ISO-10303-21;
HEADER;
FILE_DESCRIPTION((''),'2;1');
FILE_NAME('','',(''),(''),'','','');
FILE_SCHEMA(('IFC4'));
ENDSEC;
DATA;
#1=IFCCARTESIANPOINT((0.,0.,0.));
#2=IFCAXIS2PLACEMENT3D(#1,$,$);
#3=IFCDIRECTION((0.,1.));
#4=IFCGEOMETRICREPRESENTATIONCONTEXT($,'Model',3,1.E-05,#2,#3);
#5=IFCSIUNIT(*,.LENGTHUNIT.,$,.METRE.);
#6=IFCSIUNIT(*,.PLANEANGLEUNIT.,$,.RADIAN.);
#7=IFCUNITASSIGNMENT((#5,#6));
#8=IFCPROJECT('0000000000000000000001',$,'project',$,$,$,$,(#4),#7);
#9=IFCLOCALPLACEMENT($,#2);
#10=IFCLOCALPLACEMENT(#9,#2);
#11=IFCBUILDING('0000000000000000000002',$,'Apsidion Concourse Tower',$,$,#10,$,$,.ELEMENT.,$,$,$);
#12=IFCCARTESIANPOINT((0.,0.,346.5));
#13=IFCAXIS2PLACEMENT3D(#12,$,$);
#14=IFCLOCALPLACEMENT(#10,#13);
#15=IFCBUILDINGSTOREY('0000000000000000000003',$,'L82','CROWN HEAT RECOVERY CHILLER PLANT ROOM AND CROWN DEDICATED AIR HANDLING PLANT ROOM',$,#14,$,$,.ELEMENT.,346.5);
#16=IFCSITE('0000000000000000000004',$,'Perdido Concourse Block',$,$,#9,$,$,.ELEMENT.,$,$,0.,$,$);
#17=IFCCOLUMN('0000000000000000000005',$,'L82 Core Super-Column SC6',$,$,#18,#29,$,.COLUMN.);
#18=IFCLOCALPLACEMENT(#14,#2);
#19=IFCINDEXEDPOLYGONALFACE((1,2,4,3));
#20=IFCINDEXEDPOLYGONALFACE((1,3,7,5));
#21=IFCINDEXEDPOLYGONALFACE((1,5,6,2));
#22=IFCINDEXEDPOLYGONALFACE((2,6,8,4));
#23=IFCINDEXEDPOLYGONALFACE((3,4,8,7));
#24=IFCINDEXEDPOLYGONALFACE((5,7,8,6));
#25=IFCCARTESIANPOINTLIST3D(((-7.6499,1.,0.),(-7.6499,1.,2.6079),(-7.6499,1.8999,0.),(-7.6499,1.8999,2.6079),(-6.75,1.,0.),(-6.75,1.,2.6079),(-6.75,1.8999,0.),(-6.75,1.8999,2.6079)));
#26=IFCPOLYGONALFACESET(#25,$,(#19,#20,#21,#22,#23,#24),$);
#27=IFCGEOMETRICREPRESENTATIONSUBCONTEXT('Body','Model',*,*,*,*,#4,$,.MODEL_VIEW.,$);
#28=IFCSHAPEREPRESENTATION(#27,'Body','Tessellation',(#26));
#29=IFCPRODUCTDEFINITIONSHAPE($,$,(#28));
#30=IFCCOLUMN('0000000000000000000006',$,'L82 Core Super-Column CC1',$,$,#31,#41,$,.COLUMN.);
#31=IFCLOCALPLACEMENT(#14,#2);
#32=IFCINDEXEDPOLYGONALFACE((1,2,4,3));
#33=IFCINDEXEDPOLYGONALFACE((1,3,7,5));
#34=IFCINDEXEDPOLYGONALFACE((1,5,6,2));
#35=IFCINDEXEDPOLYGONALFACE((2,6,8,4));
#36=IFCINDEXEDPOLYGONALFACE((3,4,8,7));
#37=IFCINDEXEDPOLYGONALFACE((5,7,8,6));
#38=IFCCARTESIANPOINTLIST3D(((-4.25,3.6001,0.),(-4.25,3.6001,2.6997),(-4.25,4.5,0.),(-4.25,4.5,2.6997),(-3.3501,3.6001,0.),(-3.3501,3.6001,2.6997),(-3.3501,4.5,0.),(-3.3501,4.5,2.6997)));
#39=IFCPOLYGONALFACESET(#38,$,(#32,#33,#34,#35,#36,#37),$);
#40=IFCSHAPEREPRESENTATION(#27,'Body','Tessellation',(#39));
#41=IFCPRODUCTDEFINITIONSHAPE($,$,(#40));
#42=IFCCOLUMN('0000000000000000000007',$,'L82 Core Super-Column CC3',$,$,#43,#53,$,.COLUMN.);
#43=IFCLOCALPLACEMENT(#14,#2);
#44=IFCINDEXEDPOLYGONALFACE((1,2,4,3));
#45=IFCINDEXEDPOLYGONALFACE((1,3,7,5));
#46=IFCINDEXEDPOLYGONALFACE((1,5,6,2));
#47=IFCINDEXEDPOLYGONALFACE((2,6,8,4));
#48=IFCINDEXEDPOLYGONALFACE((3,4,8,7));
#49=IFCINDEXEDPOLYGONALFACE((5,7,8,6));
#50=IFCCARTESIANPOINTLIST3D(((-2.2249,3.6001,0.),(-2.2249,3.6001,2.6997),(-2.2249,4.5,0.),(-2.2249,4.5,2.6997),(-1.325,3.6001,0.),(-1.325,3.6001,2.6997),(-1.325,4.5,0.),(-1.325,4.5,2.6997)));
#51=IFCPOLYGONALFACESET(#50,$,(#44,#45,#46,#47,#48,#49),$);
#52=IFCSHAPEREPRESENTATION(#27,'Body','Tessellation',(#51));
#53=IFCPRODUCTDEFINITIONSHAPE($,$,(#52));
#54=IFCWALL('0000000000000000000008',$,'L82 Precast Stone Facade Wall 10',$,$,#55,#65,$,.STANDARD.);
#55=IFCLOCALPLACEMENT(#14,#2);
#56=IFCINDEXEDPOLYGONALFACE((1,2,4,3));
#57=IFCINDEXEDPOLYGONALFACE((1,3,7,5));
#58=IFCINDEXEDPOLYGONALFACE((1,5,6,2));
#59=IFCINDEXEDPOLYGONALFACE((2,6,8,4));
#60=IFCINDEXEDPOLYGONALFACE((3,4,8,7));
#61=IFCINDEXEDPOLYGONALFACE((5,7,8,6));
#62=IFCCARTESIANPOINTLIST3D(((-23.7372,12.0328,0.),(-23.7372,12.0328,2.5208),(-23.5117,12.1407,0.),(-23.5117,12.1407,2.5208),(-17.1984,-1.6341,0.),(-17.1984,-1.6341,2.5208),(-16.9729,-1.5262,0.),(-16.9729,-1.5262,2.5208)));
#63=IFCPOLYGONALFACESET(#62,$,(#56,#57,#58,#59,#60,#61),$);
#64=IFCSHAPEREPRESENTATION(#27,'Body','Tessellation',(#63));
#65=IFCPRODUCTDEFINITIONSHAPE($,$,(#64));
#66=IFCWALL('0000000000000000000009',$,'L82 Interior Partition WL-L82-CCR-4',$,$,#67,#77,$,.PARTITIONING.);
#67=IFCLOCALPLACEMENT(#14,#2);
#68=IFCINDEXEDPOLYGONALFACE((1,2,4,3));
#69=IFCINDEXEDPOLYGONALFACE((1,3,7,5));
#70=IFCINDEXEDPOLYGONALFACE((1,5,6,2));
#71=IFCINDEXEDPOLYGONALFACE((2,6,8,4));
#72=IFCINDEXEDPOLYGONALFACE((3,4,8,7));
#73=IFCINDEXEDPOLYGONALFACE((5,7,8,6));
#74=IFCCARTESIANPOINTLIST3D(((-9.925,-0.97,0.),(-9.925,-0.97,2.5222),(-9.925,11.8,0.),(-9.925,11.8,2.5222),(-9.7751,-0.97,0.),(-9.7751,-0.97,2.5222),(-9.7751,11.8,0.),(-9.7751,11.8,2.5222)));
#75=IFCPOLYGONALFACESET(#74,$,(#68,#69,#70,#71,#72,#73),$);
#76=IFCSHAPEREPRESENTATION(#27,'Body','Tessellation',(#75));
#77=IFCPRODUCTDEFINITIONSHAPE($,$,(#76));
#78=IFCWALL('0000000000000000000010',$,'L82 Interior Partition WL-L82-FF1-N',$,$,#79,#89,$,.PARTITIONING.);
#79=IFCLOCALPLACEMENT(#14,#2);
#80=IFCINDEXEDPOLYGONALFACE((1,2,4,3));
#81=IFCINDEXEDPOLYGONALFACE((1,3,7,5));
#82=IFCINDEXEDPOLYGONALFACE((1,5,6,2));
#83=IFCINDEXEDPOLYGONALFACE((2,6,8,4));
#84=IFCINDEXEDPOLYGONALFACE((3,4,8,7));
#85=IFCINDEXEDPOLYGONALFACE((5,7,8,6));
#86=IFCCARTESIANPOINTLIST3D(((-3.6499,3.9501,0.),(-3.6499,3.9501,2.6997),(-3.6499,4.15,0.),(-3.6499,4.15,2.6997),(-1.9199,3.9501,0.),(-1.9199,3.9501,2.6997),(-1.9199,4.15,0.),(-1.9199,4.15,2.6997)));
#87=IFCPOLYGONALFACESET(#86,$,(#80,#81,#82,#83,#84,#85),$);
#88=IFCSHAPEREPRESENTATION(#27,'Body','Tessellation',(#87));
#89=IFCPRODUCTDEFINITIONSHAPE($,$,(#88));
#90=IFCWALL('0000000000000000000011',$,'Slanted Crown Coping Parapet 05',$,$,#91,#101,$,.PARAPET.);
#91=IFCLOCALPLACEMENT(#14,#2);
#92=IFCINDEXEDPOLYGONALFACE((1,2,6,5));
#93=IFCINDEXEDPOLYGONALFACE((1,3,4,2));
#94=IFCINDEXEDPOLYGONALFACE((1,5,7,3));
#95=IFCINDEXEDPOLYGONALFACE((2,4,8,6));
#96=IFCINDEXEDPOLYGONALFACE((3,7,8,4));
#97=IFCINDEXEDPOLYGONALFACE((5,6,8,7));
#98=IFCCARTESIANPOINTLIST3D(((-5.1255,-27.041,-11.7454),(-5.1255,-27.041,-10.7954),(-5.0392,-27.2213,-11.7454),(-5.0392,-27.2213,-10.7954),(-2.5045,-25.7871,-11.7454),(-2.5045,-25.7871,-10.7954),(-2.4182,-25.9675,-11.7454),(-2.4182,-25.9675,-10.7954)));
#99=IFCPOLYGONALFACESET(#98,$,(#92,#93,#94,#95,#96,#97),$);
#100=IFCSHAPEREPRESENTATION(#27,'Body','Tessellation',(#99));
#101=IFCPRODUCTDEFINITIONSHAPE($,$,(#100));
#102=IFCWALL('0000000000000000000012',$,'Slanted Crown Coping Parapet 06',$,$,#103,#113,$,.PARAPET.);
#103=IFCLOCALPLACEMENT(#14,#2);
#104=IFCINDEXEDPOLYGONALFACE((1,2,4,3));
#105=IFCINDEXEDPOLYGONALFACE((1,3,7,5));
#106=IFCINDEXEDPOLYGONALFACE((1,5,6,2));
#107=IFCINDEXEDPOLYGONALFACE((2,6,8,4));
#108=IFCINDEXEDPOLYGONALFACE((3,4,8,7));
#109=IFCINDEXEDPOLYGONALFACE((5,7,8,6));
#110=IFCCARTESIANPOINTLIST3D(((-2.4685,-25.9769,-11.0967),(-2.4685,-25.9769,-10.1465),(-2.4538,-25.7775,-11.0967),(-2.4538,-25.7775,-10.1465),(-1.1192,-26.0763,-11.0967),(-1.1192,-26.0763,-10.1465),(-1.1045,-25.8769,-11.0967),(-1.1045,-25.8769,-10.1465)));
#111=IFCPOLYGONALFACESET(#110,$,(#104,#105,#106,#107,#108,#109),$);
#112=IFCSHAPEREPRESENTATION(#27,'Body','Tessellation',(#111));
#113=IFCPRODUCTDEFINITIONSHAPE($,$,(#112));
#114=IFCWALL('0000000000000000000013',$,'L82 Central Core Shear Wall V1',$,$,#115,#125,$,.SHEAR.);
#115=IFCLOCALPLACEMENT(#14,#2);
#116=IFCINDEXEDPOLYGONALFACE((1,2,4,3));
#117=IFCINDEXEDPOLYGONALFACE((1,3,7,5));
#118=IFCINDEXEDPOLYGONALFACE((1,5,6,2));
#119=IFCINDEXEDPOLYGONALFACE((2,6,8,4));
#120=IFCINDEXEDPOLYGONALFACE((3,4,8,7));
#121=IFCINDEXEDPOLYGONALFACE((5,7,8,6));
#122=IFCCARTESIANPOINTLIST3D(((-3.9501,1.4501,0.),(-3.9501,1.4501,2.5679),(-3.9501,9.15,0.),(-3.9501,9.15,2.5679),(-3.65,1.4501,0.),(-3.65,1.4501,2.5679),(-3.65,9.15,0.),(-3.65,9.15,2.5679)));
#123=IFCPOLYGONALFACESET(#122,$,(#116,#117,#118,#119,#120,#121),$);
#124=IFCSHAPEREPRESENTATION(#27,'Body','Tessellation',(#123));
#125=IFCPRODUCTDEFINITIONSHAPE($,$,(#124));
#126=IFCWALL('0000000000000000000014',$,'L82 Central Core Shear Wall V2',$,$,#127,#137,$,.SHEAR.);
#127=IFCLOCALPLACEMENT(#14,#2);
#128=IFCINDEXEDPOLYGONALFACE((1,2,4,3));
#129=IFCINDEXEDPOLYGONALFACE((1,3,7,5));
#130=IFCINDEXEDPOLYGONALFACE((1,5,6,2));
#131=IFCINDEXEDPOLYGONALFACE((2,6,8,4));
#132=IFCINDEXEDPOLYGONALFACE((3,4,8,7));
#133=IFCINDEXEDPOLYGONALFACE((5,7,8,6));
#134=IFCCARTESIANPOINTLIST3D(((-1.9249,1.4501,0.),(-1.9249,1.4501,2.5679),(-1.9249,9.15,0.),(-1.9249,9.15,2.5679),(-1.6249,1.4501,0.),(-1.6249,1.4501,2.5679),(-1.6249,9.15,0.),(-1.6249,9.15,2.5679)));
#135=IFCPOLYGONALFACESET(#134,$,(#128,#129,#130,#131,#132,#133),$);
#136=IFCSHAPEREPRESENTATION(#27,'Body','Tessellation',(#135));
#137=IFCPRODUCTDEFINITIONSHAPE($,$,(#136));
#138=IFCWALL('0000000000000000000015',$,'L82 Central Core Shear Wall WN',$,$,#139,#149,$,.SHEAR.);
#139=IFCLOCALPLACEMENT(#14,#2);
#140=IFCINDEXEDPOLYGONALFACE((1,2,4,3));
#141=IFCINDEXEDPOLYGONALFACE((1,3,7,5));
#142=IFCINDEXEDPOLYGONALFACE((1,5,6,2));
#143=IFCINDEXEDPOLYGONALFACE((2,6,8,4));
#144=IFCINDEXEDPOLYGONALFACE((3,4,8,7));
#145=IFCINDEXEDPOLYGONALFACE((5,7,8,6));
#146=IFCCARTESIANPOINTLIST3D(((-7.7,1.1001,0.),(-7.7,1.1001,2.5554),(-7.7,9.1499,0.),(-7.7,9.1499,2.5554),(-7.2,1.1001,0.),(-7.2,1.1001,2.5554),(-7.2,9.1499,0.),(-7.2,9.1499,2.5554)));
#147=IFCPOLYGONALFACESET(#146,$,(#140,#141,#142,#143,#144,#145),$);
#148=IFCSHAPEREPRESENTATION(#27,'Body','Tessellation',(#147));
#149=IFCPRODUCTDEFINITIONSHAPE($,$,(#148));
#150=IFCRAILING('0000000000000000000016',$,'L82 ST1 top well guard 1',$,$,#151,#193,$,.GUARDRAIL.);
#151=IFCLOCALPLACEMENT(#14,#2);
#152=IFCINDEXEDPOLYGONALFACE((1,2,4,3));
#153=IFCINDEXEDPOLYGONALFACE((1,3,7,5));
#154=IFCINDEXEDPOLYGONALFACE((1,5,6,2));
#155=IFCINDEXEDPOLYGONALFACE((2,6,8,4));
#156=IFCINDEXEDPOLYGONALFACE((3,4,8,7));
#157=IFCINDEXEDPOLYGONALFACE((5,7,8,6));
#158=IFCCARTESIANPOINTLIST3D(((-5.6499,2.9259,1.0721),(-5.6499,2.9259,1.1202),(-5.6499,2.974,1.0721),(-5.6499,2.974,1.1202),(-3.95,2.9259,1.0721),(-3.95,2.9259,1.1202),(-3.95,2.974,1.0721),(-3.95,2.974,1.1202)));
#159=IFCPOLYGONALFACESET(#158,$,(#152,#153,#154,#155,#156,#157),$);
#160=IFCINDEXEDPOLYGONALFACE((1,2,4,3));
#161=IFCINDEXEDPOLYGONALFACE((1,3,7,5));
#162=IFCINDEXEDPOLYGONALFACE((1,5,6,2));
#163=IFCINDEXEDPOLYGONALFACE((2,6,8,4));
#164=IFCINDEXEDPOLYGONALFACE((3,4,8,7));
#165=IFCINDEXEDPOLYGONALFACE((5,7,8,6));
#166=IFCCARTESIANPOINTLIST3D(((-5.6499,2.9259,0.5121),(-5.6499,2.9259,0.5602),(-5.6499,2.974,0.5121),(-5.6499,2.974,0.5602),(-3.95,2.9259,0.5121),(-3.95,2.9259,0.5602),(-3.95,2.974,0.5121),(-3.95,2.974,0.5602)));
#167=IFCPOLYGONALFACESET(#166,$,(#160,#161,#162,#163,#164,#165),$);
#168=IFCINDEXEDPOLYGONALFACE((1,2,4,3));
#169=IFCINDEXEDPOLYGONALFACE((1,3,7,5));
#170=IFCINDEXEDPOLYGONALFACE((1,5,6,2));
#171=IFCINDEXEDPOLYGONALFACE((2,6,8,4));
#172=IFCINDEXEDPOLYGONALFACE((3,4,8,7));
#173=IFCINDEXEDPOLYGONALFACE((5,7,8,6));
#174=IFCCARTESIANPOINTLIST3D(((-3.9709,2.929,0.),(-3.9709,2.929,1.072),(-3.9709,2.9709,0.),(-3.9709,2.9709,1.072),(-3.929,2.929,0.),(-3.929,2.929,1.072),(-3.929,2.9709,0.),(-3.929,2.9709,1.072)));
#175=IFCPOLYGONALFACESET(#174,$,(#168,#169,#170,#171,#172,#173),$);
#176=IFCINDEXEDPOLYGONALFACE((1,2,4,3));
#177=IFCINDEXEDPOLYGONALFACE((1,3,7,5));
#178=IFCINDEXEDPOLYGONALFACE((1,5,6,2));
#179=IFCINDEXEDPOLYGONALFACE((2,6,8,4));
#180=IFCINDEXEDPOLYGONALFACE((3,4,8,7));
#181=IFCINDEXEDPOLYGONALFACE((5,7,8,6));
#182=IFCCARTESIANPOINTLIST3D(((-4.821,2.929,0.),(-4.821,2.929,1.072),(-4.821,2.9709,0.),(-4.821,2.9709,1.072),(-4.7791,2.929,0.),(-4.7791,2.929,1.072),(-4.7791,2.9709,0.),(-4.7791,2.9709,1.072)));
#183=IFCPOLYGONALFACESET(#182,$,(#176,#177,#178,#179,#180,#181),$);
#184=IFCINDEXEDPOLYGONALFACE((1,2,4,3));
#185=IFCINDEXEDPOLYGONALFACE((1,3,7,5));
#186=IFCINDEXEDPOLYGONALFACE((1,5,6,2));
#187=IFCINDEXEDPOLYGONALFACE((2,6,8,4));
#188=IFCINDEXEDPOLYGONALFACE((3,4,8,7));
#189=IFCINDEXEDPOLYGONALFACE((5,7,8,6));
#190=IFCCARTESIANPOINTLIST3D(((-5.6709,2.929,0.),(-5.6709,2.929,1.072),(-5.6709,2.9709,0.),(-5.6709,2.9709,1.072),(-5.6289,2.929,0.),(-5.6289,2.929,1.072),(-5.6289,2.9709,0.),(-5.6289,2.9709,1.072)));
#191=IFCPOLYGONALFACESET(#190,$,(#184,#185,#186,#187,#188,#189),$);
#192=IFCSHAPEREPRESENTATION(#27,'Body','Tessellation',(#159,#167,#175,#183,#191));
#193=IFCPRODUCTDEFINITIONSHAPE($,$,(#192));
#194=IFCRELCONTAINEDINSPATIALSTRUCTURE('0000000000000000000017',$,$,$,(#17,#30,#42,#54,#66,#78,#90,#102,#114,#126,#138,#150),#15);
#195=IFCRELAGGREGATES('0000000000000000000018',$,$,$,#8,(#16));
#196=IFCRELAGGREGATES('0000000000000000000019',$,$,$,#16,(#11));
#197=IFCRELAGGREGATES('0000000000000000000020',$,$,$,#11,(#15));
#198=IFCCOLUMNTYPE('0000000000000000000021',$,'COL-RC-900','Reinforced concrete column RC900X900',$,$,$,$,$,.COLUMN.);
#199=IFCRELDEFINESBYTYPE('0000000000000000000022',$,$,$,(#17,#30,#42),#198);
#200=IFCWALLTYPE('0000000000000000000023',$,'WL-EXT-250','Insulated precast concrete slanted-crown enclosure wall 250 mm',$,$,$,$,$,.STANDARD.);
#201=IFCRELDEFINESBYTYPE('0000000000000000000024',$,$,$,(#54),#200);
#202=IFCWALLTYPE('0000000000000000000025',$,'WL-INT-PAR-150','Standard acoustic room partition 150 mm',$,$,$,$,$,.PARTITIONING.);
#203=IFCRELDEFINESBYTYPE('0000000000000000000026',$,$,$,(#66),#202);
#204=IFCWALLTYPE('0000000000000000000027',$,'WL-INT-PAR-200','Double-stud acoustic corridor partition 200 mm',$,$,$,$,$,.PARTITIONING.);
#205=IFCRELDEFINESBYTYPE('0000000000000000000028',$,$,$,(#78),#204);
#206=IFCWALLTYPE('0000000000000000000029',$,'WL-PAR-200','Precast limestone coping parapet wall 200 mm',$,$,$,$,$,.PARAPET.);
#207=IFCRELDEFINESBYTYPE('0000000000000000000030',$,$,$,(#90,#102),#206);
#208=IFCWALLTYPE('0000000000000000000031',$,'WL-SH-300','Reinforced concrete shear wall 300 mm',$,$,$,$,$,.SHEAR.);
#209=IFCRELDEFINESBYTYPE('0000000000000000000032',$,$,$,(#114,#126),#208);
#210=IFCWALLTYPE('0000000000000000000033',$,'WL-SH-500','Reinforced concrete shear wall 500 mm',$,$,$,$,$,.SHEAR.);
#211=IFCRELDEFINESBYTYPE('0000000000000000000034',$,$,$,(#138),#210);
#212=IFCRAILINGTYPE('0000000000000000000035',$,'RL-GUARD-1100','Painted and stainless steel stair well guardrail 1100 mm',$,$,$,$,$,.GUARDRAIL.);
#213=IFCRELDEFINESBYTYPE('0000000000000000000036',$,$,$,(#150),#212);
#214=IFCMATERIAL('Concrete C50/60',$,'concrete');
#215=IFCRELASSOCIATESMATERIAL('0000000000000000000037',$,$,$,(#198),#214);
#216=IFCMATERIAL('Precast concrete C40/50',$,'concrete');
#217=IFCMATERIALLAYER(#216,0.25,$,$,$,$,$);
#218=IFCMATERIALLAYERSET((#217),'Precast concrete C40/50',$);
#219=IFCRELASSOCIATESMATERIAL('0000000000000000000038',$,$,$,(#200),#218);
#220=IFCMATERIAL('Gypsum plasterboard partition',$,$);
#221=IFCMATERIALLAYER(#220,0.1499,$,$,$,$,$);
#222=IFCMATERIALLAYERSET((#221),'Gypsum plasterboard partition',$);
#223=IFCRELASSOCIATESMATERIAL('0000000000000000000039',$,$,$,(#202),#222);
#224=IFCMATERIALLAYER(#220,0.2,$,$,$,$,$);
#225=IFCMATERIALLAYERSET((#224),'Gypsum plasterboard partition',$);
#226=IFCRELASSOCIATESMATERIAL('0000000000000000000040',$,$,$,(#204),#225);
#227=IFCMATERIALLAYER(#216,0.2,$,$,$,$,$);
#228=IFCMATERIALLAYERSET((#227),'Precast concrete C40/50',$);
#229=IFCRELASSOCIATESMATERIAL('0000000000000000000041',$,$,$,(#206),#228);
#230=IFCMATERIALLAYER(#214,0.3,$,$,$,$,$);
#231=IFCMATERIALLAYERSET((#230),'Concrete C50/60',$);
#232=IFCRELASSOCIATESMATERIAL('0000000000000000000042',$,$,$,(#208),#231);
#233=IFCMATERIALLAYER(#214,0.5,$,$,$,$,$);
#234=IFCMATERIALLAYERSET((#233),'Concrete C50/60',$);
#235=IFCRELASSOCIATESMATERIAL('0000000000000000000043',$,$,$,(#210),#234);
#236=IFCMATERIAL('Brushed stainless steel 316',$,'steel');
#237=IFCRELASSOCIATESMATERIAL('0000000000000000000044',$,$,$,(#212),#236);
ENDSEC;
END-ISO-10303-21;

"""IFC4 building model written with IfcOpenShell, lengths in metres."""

from ifc_helpers import new_model, si_unit, direction, frame, frame_2d, origin, origin_2d, place, context, subcontext, project, spatial, rectangle, extrude, material, layer, layer_set, material_profile, profile_set, type_object, element, save


model = new_model("IFC4")

# Units and contexts
model_context = context("Model", 3, precision=1e-05, world=origin(), true_north=direction((0.0, 1.0)))
body_context = subcontext(model_context, "Body", "Model", "MODEL_VIEW")
ifc_project = project(units=[si_unit("LENGTHUNIT", "METRE"), si_unit("PLANEANGLEUNIT", "RADIAN")], contexts=[model_context])

# Site, building, storey
site_placement = place(None, origin())
site = spatial("IfcSite", under=ifc_project, at=site_placement, Name="Perdido Concourse Block", CompositionType="ELEMENT", RefElevation=0.0)
building_placement = place(site_placement, origin())
building = spatial("IfcBuilding", under=site, at=building_placement, Name="Apsidion Concourse Tower", CompositionType="ELEMENT")
storey_placement = place(building_placement, frame((0.0, 0.0, 346.5)))
storey = spatial("IfcBuildingStorey", under=building, at=storey_placement, Name="L82", Description="CROWN HEAT RECOVERY CHILLER PLANT ROOM AND CROWN DEDICATED AIR HANDLING PLANT ROOM", CompositionType="ELEMENT", Elevation=346.5)

# Columns
ifc_material_1 = material(Name="Concrete C50/60", Category="concrete")
ifc_material_profile = material_profile(ifc_material_1, rectangle(XDim=0.8999, YDim=0.8999, at=origin_2d()), Name="RC 900x900")
ifc_profile_set = profile_set([ifc_material_profile], Name="Concrete C50/60")
column_type = type_object("IfcColumnType", Name="COL-RC-900", Description="Reinforced concrete column RC900X900", PredefinedType="COLUMN", material=ifc_profile_set)
column_placement = place(storey_placement, frame((-7.2, 1.45, 0.0), z_axis=(0.0, 0.0, 1.0), x_axis=(1.0, 0.0, 0.0)))
element("IfcColumn", 1, at=column_placement, inside=storey, type_object=column_type, Name="L82 Core Super-Column SC6", PredefinedType="COLUMN", context=body_context, shape_type="SweptSolid", body=[
    extrude(rectangle(XDim=0.8999, YDim=0.8999, at=origin_2d()), origin(), (0.0, 0.0, 1.0), 2.6079),
])
for number, where, z_axis, x_axis, name in (
    (2, (-3.8, 4.05, 0.0), (0.0, 0.0, 1.0), (1.0, 0.0, 0.0), "L82 Core Super-Column CC1"),
    (3, (-1.7749, 4.05, 0.0), (0.0, 0.0, 1.0), (1.0, 0.0, 0.0), "L82 Core Super-Column CC3"),
):
    element("IfcColumn", number, at=place(storey_placement, frame(where, z_axis=z_axis, x_axis=x_axis)), inside=storey, type_object=column_type, Name=name, PredefinedType="COLUMN", context=body_context, shape_type="SweptSolid", body=[
        extrude(rectangle(XDim=0.8999, YDim=0.8999, at=origin_2d()), origin(), (0.0, 0.0, 1.0), 2.6997),
    ])

# Walls
ifc_material_2 = material(Name="Precast concrete C40/50", Category="concrete")
ifc_layer_1 = layer(ifc_material_2, 0.25)
ifc_layer_set_1 = layer_set([ifc_layer_1], Name="Precast concrete C40/50")
wall_type_1 = type_object("IfcWallType", Name="WL-EXT-250", Description="Insulated precast concrete slanted-crown enclosure wall 250 mm", PredefinedType="STANDARD", material=ifc_layer_set_1)
wall_1_placement = place(storey_placement, frame((-17.0857, -1.5801, 0.0), z_axis=(0.0, 0.0, 1.0), x_axis=(-0.431586, 0.902072, 0.0)))
element("IfcWall", 4, at=wall_1_placement, inside=storey, type_object=wall_type_1, Name="L82 Precast Stone Facade Wall 10", PredefinedType="STANDARD", context=body_context, shape_type="SweptSolid", body=[
    extrude(rectangle(XDim=15.1506, YDim=0.25, at=frame_2d((7.5752, 0.0))), origin(), (0.0, 0.0, 1.0), 2.5208),
])
ifc_material_3 = material(Name="Gypsum plasterboard partition")
ifc_layer_2 = layer(ifc_material_3, 0.1499)
ifc_layer_set_2 = layer_set([ifc_layer_2], Name="Gypsum plasterboard partition")
wall_type_2 = type_object("IfcWallType", Name="WL-INT-PAR-150", Description="Standard acoustic room partition 150 mm", PredefinedType="PARTITIONING", material=ifc_layer_set_2)
wall_2_placement = place(storey_placement, frame((-9.8501, -0.97, 0.0), z_axis=(0.0, 0.0, 1.0), x_axis=(0.0, 1.0, 0.0)))
element("IfcWall", 5, at=wall_2_placement, inside=storey, type_object=wall_type_2, Name="L82 Interior Partition WL-L82-CCR-4", PredefinedType="PARTITIONING", context=body_context, shape_type="SweptSolid", body=[
    extrude(rectangle(XDim=12.77, YDim=0.1499, at=frame_2d((6.385, 0.0))), origin(), (0.0, 0.0, 1.0), 2.5222),
])
ifc_layer_3 = layer(ifc_material_3, 0.2)
ifc_layer_set_3 = layer_set([ifc_layer_3], Name="Gypsum plasterboard partition")
wall_type_3 = type_object("IfcWallType", Name="WL-INT-PAR-200", Description="Double-stud acoustic corridor partition 200 mm", PredefinedType="PARTITIONING", material=ifc_layer_set_3)
wall_3_placement = place(storey_placement, frame((-3.6499, 4.05, 0.0), z_axis=(0.0, 0.0, 1.0), x_axis=(1.0, 0.0, 0.0)))
element("IfcWall", 6, at=wall_3_placement, inside=storey, type_object=wall_type_3, Name="L82 Interior Partition WL-L82-FF1-N", PredefinedType="PARTITIONING", context=body_context, shape_type="SweptSolid", body=[
    extrude(rectangle(XDim=1.73, YDim=0.2, at=frame_2d((0.865, 0.0))), origin(), (0.0, 0.0, 1.0), 2.6997),
])
ifc_layer_4 = layer(ifc_material_2, 0.2)
ifc_layer_set_4 = layer_set([ifc_layer_4], Name="Precast concrete C40/50")
wall_type_4 = type_object("IfcWallType", Name="WL-PAR-200", Description="Precast limestone coping parapet wall 200 mm", PredefinedType="PARAPET", material=ifc_layer_set_4)
wall_4_placement = place(storey_placement, frame((-5.0823, -27.1311, -11.7454), z_axis=(0.0, 0.0, 1.0), x_axis=(0.902089, 0.431551, 0.0)))
element("IfcWall", 7, at=wall_4_placement, inside=storey, type_object=wall_type_4, Name="Slanted Crown Coping Parapet 05", PredefinedType="PARAPET", context=body_context, shape_type="SweptSolid", body=[
    extrude(rectangle(XDim=2.9055, YDim=0.2, at=frame_2d((1.4526, 0.0))), origin(), (0.0, 0.0, 1.0), 0.95),
])
wall_5_placement = place(storey_placement, frame((-2.4612, -25.8772, -11.0967), z_axis=(0.0, 0.0, 1.0), x_axis=(0.9973, -0.07344, 0.0)))
element("IfcWall", 8, at=wall_5_placement, inside=storey, type_object=wall_type_4, Name="Slanted Crown Coping Parapet 06", PredefinedType="PARAPET", context=body_context, shape_type="SweptSolid", body=[
    extrude(rectangle(XDim=1.353, YDim=0.2, at=frame_2d((0.6765, 0.0))), origin(), (0.0, 0.0, 1.0), 0.9502),
])
ifc_layer_5 = layer(ifc_material_1, 0.3)
ifc_layer_set_5 = layer_set([ifc_layer_5], Name="Concrete C50/60")
wall_type_5 = type_object("IfcWallType", Name="WL-SH-300", Description="Reinforced concrete shear wall 300 mm", PredefinedType="SHEAR", material=ifc_layer_set_5)
for number, where, z_axis, x_axis, name in (
    (9, (-3.8, 1.45, 0.0), (0.0, 0.0, 1.0), (0.0, 1.0, 0.0), "L82 Central Core Shear Wall V1"),
    (10, (-1.7749, 1.45, 0.0), (0.0, 0.0, 1.0), (0.0, 1.0, 0.0), "L82 Central Core Shear Wall V2"),
):
    element("IfcWall", number, at=place(storey_placement, frame(where, z_axis=z_axis, x_axis=x_axis)), inside=storey, type_object=wall_type_5, Name=name, PredefinedType="SHEAR", context=body_context, shape_type="SweptSolid", body=[
        extrude(rectangle(XDim=7.7, YDim=0.3, at=frame_2d((3.8501, 0.0))), origin(), (0.0, 0.0, 1.0), 2.5679),
    ])

# Shared definitions
ifc_material_4 = material(Name="Brushed stainless steel 316", Category="steel")

# Wall
ifc_layer_6 = layer(ifc_material_1, 0.5)
ifc_layer_set_6 = layer_set([ifc_layer_6], Name="Concrete C50/60")
wall_type_6 = type_object("IfcWallType", Name="WL-SH-500", Description="Reinforced concrete shear wall 500 mm", PredefinedType="SHEAR", material=ifc_layer_set_6)
wall_6_placement = place(storey_placement, frame((-7.45, 1.1001, 0.0), z_axis=(0.0, 0.0, 1.0), x_axis=(0.0, 1.0, 0.0)))
element("IfcWall", 11, at=wall_6_placement, inside=storey, type_object=wall_type_6, Name="L82 Central Core Shear Wall WN", PredefinedType="SHEAR", context=body_context, shape_type="SweptSolid", body=[
    extrude(rectangle(XDim=8.0498, YDim=0.5, at=frame_2d((4.0249, 0.0))), origin(), (0.0, 0.0, 1.0), 2.5554),
])

# Railing
railing_type = type_object("IfcRailingType", Name="RL-GUARD-1100", Description="Painted and stainless steel stair well guardrail 1100 mm", PredefinedType="GUARDRAIL", material=ifc_material_4)
railing_placement = place(storey_placement, frame((-3.95, 2.95, 0.0)))
element("IfcRailing", 12, at=railing_placement, inside=storey, type_object=railing_type, Name="L82 ST1 top well guard 1", PredefinedType="GUARDRAIL", context=body_context, shape_type="SweptSolid", body=[
    extrude(rectangle(XDim=0.0481, YDim=0.0481, at=origin_2d()), frame((0.0, 0.0, 1.0962), z_axis=(-1.0, 0.0, 0.0), x_axis=(0.0, -1.0, 0.0)), (0.0, 0.0, 1.0), 1.7),
    extrude(rectangle(XDim=0.0481, YDim=0.0481, at=origin_2d()), frame((0.0, 0.0, 0.5361), z_axis=(-1.0, 0.0, 0.0), x_axis=(0.0, -1.0, 0.0)), (0.0, 0.0, 1.0), 1.7),
    extrude(rectangle(XDim=0.042, YDim=0.042, at=origin_2d()), origin(), (0.0, 0.0, 1.0), 1.072),
    extrude(rectangle(XDim=0.042, YDim=0.042, at=origin_2d()), frame((-0.8501, 0.0, 0.0)), (0.0, 0.0, 1.0), 1.072),
    extrude(rectangle(XDim=0.042, YDim=0.042, at=origin_2d()), frame((-1.7, 0.0, 0.0)), (0.0, 0.0, 1.0), 1.072),
])

save(model, "model.ifc")
